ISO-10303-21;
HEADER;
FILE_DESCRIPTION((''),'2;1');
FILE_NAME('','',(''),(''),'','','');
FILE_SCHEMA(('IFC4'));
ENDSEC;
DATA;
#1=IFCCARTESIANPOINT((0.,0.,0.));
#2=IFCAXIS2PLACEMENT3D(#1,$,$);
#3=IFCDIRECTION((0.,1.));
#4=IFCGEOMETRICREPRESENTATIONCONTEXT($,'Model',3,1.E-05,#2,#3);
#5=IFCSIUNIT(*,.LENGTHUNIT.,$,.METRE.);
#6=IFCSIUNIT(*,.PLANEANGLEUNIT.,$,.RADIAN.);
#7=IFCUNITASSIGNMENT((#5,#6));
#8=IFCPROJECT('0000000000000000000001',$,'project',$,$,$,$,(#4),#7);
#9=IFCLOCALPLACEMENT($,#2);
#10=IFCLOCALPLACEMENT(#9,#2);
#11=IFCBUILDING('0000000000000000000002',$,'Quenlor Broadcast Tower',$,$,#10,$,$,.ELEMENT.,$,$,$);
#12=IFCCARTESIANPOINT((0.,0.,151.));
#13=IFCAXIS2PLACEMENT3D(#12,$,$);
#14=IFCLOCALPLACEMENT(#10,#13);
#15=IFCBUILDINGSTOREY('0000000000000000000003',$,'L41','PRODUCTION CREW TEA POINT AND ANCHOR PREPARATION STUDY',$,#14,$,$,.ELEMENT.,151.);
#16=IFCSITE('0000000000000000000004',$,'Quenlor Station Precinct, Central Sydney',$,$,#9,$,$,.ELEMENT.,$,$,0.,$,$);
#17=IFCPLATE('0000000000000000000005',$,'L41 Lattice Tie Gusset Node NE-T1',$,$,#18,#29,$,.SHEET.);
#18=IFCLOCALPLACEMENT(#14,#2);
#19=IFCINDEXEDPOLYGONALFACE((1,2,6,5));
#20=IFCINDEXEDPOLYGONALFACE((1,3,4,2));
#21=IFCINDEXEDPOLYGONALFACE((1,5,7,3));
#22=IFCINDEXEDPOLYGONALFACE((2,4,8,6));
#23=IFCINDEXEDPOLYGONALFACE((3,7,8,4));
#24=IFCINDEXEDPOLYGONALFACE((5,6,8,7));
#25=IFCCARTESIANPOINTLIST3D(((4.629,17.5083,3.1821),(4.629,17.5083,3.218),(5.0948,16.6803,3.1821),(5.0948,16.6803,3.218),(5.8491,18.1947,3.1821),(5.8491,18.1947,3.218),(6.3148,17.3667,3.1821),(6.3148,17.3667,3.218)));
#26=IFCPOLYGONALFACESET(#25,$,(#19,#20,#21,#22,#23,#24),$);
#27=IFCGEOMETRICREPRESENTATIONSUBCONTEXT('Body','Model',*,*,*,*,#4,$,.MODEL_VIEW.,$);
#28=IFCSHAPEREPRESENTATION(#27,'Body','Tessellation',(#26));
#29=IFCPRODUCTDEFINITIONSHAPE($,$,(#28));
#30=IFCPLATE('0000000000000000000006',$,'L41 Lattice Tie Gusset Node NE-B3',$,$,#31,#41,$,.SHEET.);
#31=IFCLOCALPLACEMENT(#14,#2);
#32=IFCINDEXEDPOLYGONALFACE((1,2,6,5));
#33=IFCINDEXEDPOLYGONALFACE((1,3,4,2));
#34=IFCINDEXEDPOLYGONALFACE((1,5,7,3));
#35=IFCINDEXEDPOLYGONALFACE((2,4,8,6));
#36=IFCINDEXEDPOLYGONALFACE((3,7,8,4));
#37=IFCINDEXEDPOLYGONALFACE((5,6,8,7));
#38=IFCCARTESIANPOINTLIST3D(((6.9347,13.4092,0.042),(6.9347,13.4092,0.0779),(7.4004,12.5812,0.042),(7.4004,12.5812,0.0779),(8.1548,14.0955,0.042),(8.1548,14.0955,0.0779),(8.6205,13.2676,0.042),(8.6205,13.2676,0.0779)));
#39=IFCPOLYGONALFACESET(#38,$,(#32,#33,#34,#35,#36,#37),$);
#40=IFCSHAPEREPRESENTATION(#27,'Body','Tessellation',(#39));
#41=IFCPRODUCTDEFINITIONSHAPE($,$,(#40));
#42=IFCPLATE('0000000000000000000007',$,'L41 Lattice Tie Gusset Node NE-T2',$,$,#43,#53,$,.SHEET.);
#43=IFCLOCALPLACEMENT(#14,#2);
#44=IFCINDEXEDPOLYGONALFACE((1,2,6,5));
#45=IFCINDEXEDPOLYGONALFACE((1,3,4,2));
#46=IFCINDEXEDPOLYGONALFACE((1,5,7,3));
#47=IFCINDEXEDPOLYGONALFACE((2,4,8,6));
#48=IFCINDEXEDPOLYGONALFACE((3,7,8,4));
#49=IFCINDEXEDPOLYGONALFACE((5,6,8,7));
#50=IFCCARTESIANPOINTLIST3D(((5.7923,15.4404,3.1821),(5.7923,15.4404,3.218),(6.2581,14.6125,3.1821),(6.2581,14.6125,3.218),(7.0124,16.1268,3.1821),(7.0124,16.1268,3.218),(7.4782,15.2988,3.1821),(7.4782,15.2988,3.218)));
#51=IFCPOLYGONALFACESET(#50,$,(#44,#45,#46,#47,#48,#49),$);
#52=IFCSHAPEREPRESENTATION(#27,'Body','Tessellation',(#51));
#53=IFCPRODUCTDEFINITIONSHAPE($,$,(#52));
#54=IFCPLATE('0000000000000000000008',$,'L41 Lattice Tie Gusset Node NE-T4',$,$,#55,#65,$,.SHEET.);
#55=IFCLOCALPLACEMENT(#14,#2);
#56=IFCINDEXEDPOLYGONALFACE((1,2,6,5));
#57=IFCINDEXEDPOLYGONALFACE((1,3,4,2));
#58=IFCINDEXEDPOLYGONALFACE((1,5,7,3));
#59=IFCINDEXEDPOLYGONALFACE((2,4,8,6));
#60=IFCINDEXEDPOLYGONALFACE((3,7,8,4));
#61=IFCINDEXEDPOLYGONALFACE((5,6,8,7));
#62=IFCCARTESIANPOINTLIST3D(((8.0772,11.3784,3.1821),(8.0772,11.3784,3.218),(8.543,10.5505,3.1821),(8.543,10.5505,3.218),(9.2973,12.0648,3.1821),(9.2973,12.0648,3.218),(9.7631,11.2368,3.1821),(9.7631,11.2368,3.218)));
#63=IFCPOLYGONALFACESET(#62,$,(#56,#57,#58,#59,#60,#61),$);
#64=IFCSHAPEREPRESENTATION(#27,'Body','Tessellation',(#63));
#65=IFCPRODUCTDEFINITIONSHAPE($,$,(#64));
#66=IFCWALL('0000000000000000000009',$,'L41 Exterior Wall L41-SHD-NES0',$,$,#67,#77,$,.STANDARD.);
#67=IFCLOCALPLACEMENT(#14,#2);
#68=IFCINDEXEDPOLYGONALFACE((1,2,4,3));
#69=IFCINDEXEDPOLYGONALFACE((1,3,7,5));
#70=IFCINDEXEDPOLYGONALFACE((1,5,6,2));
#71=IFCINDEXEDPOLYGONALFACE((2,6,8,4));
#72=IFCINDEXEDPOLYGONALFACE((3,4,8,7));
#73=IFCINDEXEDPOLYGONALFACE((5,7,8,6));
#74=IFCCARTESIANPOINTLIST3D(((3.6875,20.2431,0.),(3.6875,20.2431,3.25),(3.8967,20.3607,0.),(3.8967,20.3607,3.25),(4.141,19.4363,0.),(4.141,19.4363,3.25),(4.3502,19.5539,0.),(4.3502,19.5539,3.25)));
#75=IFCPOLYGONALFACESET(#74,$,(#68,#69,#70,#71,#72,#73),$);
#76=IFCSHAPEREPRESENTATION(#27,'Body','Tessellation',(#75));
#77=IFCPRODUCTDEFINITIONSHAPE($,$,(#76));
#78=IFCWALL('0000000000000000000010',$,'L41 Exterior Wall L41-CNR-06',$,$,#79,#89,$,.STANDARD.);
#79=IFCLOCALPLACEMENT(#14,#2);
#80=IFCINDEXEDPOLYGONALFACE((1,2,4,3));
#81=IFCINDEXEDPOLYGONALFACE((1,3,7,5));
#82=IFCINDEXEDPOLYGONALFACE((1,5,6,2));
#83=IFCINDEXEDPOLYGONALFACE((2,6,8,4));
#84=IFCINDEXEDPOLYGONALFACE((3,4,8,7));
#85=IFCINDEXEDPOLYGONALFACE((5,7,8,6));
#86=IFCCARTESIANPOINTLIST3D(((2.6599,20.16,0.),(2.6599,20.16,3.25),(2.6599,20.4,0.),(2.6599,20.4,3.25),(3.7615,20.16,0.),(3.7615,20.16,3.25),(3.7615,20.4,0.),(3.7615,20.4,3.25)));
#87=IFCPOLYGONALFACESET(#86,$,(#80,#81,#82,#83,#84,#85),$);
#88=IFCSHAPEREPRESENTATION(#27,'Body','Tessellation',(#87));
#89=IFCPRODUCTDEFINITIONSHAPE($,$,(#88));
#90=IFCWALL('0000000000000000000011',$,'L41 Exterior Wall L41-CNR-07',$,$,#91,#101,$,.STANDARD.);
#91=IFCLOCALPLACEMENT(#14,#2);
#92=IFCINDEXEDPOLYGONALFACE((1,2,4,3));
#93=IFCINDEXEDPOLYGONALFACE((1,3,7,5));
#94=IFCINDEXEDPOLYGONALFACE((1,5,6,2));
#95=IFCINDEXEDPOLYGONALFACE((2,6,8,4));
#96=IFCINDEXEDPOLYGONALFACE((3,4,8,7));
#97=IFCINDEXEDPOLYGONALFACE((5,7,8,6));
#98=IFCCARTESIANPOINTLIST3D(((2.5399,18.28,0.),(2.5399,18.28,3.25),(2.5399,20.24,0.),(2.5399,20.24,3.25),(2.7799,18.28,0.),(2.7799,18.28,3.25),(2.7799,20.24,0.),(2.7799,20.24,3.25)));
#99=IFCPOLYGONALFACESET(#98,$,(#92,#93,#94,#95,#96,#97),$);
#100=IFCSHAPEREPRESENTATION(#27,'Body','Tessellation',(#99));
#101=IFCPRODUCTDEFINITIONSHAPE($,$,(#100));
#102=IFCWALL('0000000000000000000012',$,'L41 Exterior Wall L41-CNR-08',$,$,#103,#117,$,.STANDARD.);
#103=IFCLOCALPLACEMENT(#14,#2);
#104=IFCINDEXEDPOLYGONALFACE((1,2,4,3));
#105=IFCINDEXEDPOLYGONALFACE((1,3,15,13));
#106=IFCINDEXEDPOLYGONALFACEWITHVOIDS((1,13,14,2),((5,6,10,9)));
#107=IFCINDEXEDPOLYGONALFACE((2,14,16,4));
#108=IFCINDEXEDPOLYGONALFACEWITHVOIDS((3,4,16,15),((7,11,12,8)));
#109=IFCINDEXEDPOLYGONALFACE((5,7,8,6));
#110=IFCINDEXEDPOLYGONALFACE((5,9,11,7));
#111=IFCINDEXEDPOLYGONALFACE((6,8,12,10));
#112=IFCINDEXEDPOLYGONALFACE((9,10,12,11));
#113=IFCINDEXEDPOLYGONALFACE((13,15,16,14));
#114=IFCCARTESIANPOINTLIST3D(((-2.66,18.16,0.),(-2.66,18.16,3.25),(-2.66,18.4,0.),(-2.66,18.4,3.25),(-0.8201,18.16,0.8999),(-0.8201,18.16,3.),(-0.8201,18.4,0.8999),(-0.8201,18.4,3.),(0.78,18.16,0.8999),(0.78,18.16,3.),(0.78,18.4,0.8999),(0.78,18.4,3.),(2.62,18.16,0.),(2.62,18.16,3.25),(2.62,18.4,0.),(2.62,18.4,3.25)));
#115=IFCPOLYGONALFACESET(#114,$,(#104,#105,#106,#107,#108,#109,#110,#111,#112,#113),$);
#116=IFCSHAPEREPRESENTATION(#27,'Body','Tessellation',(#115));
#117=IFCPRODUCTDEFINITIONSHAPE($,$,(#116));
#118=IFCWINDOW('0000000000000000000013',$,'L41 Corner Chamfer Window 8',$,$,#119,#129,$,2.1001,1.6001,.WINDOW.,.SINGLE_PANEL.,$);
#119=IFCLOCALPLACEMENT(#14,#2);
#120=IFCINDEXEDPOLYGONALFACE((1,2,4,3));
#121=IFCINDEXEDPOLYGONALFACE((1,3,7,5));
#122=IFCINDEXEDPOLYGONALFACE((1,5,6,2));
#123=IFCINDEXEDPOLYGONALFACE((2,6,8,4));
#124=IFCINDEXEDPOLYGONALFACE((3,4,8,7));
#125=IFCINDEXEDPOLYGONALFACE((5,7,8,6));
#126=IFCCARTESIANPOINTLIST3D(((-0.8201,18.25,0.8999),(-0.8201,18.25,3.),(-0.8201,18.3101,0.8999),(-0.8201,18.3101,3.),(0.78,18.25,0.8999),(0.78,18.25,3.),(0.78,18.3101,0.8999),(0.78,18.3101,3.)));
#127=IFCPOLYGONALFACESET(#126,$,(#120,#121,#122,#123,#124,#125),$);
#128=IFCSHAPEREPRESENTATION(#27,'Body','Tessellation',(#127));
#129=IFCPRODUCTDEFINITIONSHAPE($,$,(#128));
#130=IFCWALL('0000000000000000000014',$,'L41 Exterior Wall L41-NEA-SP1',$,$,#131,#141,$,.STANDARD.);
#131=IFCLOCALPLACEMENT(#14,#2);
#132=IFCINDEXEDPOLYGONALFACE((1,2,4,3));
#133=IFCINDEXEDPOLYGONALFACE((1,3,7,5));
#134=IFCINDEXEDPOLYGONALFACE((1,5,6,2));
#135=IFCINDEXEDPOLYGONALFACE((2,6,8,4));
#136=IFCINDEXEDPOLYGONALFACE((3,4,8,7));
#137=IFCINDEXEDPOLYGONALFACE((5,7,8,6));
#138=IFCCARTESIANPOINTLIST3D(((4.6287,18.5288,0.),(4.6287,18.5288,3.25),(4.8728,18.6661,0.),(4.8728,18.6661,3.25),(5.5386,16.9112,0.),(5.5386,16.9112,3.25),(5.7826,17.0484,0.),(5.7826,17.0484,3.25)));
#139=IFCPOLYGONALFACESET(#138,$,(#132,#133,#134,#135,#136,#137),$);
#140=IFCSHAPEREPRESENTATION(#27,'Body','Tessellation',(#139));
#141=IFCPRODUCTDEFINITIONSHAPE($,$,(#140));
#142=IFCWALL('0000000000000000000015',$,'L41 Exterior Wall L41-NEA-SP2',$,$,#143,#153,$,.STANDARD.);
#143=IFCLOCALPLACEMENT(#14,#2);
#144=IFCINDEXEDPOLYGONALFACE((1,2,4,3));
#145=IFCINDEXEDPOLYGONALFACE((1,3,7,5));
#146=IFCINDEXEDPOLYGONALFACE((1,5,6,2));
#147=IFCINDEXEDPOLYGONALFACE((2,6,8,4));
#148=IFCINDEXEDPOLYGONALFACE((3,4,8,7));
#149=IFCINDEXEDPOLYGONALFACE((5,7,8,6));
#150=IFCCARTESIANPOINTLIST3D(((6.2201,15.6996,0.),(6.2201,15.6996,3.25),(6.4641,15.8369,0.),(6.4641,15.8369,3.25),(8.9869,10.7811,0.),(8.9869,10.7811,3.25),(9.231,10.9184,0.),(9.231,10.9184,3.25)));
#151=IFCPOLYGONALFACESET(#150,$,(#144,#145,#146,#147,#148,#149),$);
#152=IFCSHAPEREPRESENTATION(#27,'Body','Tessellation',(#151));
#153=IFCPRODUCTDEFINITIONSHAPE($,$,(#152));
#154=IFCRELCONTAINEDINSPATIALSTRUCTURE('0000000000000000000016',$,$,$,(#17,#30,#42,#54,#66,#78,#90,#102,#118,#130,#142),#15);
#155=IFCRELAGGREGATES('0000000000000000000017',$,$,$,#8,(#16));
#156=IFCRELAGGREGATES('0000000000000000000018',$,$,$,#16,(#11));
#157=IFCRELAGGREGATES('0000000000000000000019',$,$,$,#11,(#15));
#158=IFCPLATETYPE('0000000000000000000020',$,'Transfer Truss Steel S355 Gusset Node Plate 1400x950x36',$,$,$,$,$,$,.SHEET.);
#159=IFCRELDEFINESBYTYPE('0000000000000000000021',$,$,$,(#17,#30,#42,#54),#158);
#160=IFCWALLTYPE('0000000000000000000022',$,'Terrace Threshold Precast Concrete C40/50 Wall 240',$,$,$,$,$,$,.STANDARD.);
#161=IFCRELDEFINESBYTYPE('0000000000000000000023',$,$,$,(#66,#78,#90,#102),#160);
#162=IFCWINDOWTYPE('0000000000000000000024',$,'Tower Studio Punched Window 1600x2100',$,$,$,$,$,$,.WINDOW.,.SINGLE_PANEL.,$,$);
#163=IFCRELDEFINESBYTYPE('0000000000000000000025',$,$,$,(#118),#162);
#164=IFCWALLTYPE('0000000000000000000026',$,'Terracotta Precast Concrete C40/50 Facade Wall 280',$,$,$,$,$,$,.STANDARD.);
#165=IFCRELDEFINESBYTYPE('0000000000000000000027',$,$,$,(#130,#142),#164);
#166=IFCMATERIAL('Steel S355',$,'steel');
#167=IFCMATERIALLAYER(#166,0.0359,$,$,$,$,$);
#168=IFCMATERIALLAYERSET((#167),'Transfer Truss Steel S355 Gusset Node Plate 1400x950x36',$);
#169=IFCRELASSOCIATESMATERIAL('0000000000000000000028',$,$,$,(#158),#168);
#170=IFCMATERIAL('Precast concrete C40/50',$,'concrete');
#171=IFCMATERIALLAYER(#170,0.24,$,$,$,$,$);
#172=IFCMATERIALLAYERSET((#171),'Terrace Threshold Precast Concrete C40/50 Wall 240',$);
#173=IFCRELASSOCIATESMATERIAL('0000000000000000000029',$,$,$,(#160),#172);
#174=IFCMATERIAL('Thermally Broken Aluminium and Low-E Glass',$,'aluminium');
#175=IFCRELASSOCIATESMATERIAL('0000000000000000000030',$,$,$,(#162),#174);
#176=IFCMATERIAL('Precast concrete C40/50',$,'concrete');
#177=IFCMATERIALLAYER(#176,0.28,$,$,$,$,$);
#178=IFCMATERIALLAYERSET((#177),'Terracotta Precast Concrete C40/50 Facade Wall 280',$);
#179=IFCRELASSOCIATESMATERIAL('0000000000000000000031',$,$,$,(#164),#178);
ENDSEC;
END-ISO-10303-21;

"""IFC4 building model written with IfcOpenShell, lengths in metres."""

from ifc_helpers import new_model, si_unit, direction, frame, frame_2d, origin, origin_2d, place, context, subcontext, project, spatial, rectangle, extrude, material, layer, layer_set, type_object, element, fill, save


model = new_model("IFC4")

# Units and contexts
model_context = context("Model", 3, precision=1e-05, world=origin(), true_north=direction((0.0, 1.0)))
body_context = subcontext(model_context, "Body", "Model", "MODEL_VIEW")
ifc_project = project(units=[si_unit("LENGTHUNIT", "METRE"), si_unit("PLANEANGLEUNIT", "RADIAN")], contexts=[model_context])

# Site, building, storey
site_placement = place(None, origin())
site = spatial("IfcSite", under=ifc_project, at=site_placement, Name="Quenlor Station Precinct, Central Sydney", CompositionType="ELEMENT", RefElevation=0.0)
building_placement = place(site_placement, origin())
building = spatial("IfcBuilding", under=site, at=building_placement, Name="Quenlor Broadcast Tower", CompositionType="ELEMENT")
storey_placement = place(building_placement, frame((0.0, 0.0, 151.0)))
storey = spatial("IfcBuildingStorey", under=building, at=storey_placement, Name="L41", Description="PRODUCTION CREW TEA POINT AND ANCHOR PREPARATION STUDY", CompositionType="ELEMENT", Elevation=151.0)

# Plates
ifc_material_1 = material(Name="Steel S355", Category="steel")
ifc_layer_1 = layer(ifc_material_1, 0.0359)
ifc_layer_set_1 = layer_set([ifc_layer_1], Name="Transfer Truss Steel S355 Gusset Node Plate 1400x950x36")
plate_type_1 = type_object("IfcPlateType", Name="Transfer Truss Steel S355 Gusset Node Plate 1400x950x36", PredefinedType="SHEET", material=ifc_layer_set_1)
for number, where, z_axis, x_axis, name in (
    (1, (5.4719, 17.4375, 3.1821), (0.0, 0.0, 1.0), (0.871556, 0.490295, 0.0), "L41 Lattice Tie Gusset Node NE-T1"),
    (2, (7.7776, 13.3384, 0.042), (0.0, 0.0, 1.0), (0.871556, 0.490295, 0.0), "L41 Lattice Tie Gusset Node NE-B3"),
    (3, (6.6353, 15.3696, 3.1821), (0.0, 0.0, 1.0), (0.871556, 0.490295, 0.0), "L41 Lattice Tie Gusset Node NE-T2"),
    (4, (8.9202, 11.3076, 3.1821), (0.0, 0.0, 1.0), (0.871556, 0.490295, 0.0), "L41 Lattice Tie Gusset Node NE-T4"),
):
    element("IfcPlate", number, at=place(storey_placement, frame(where, z_axis=z_axis, x_axis=x_axis)), inside=storey, type_object=plate_type_1, Name=name, PredefinedType="SHEET", context=body_context, shape_type="SweptSolid", body=[
        extrude(rectangle(XDim=1.3999, YDim=0.95, at=origin_2d()), origin(), (0.0, 0.0, 1.0), 0.0359),
    ])

# Walls
ifc_material_2 = material(Name="Precast concrete C40/50", Category="concrete")
ifc_layer_2 = layer(ifc_material_2, 0.24)
ifc_layer_set_2 = layer_set([ifc_layer_2], Name="Terrace Threshold Precast Concrete C40/50 Wall 240")
wall_type_1 = type_object("IfcWallType", Name="Terrace Threshold Precast Concrete C40/50 Wall 240", PredefinedType="STANDARD", material=ifc_layer_set_2)
wall_1_placement = place(storey_placement, frame((3.792, 20.302, 0.0), z_axis=(0.0, 0.0, 1.0), x_axis=(0.490048, -0.871695, 0.0)))
element("IfcWall", 5, at=wall_1_placement, inside=storey, type_object=wall_type_1, Name="L41 Exterior Wall L41-SHD-NES0", PredefinedType="STANDARD", context=body_context, shape_type="SweptSolid", body=[
    extrude(rectangle(XDim=0.9255, YDim=0.24, at=frame_2d((0.4629, 0.0))), origin(), (0.0, 0.0, 1.0), 3.25),
])
wall_2_placement = place(storey_placement, frame((3.7615, 20.28, 0.0), z_axis=(0.0, 0.0, 1.0), x_axis=(-1.0, 0.0, 0.0)))
element("IfcWall", 6, at=wall_2_placement, inside=storey, type_object=wall_type_1, Name="L41 Exterior Wall L41-CNR-06", PredefinedType="STANDARD", context=body_context, shape_type="SweptSolid", body=[
    extrude(rectangle(XDim=1.1016, YDim=0.24, at=frame_2d((0.5508, 0.0))), origin(), (0.0, 0.0, 1.0), 3.25),
])
wall_3_placement = place(storey_placement, frame((2.6599, 20.24, 0.0), z_axis=(0.0, 0.0, 1.0), x_axis=(0.0, -1.0, 0.0)))
element("IfcWall", 7, at=wall_3_placement, inside=storey, type_object=wall_type_1, Name="L41 Exterior Wall L41-CNR-07", PredefinedType="STANDARD", context=body_context, shape_type="SweptSolid", body=[
    extrude(rectangle(XDim=1.96, YDim=0.24, at=frame_2d((0.98, 0.0))), origin(), (0.0, 0.0, 1.0), 3.25),
])

# Wall, opening, window
wall_4_placement = place(storey_placement, frame((2.6201, 18.28, 0.0), z_axis=(0.0, 0.0, 1.0), x_axis=(-1.0, 0.0, 0.0)))
wall_4 = element("IfcWall", 8, at=wall_4_placement, inside=storey, type_object=wall_type_1, Name="L41 Exterior Wall L41-CNR-08", PredefinedType="STANDARD", context=body_context, shape_type="SweptSolid", body=[
    extrude(rectangle(XDim=5.28, YDim=0.24, at=frame_2d((2.6401, 0.0))), origin(), (0.0, 0.0, 1.0), 3.25),
])
opening_placement = place(wall_4_placement, frame((1.8401, 0.0, 0.8999)))
opening = element("IfcOpeningElement", 9, at=opening_placement, cuts=wall_4, PredefinedType="OPENING", context=body_context, shape_type="SweptSolid", body=[
    extrude(rectangle(XDim=1.6001, YDim=2.1001, at=frame_2d((0.8, 1.05))), frame((0.0, 0.1299, 0.0), z_axis=(0.0, -1.0, 0.0), x_axis=(1.0, 0.0, 0.0)), (0.0, 0.0, 1.0), 0.26),
])
ifc_material_3 = material(Name="Thermally Broken Aluminium and Low-E Glass", Category="aluminium")
window_type = type_object("IfcWindowType", Name="Tower Studio Punched Window 1600x2100", PartitioningType="SINGLE_PANEL", PredefinedType="WINDOW", material=ifc_material_3)
window_placement = place(opening_placement, origin())
window = element("IfcWindow", 10, at=window_placement, inside=storey, type_object=window_type, Name="L41 Corner Chamfer Window 8", OverallHeight=2.1001, OverallWidth=1.6001, PartitioningType="SINGLE_PANEL", PredefinedType="WINDOW", context=body_context, shape_type="SweptSolid", body=[
    extrude(rectangle(XDim=1.6001, YDim=2.1001, at=frame_2d((0.8, 1.05))), frame((0.0, 0.03, 0.0), z_axis=(0.0, -1.0, 0.0), x_axis=(1.0, 0.0, 0.0)), (0.0, 0.0, 1.0), 0.0601),
])
fill(opening, window)

# Walls
ifc_material_4 = material(Name="Precast concrete C40/50", Category="concrete")
ifc_layer_3 = layer(ifc_material_4, 0.28)
ifc_layer_set_3 = layer_set([ifc_layer_3], Name="Terracotta Precast Concrete C40/50 Facade Wall 280")
wall_type_2 = type_object("IfcWallType", Name="Terracotta Precast Concrete C40/50 Facade Wall 280", PredefinedType="STANDARD", material=ifc_layer_set_3)
wall_5_placement = place(storey_placement, frame((4.7507, 18.5974, 0.0), z_axis=(0.0, 0.0, 1.0), x_axis=(0.490249, -0.871583, 0.0)))
element("IfcWall", 11, at=wall_5_placement, inside=storey, type_object=wall_type_2, Name="L41 Exterior Wall L41-NEA-SP1", PredefinedType="STANDARD", context=body_context, shape_type="SweptSolid", body=[
    extrude(rectangle(XDim=1.856, YDim=0.28, at=frame_2d((0.928, 0.0))), origin(), (0.0, 0.0, 1.0), 3.25),
])
wall_6_placement = place(storey_placement, frame((6.342, 15.7683, 0.0), z_axis=(0.0, 0.0, 1.0), x_axis=(0.49029, -0.871559, 0.0)))
element("IfcWall", 12, at=wall_6_placement, inside=storey, type_object=wall_type_2, Name="L41 Exterior Wall L41-NEA-SP2", PredefinedType="STANDARD", context=body_context, shape_type="SweptSolid", body=[
    extrude(rectangle(XDim=5.6433, YDim=0.28, at=frame_2d((2.8218, 0.0))), origin(), (0.0, 0.0, 1.0), 3.25),
])

save(model, "model.ifc")
